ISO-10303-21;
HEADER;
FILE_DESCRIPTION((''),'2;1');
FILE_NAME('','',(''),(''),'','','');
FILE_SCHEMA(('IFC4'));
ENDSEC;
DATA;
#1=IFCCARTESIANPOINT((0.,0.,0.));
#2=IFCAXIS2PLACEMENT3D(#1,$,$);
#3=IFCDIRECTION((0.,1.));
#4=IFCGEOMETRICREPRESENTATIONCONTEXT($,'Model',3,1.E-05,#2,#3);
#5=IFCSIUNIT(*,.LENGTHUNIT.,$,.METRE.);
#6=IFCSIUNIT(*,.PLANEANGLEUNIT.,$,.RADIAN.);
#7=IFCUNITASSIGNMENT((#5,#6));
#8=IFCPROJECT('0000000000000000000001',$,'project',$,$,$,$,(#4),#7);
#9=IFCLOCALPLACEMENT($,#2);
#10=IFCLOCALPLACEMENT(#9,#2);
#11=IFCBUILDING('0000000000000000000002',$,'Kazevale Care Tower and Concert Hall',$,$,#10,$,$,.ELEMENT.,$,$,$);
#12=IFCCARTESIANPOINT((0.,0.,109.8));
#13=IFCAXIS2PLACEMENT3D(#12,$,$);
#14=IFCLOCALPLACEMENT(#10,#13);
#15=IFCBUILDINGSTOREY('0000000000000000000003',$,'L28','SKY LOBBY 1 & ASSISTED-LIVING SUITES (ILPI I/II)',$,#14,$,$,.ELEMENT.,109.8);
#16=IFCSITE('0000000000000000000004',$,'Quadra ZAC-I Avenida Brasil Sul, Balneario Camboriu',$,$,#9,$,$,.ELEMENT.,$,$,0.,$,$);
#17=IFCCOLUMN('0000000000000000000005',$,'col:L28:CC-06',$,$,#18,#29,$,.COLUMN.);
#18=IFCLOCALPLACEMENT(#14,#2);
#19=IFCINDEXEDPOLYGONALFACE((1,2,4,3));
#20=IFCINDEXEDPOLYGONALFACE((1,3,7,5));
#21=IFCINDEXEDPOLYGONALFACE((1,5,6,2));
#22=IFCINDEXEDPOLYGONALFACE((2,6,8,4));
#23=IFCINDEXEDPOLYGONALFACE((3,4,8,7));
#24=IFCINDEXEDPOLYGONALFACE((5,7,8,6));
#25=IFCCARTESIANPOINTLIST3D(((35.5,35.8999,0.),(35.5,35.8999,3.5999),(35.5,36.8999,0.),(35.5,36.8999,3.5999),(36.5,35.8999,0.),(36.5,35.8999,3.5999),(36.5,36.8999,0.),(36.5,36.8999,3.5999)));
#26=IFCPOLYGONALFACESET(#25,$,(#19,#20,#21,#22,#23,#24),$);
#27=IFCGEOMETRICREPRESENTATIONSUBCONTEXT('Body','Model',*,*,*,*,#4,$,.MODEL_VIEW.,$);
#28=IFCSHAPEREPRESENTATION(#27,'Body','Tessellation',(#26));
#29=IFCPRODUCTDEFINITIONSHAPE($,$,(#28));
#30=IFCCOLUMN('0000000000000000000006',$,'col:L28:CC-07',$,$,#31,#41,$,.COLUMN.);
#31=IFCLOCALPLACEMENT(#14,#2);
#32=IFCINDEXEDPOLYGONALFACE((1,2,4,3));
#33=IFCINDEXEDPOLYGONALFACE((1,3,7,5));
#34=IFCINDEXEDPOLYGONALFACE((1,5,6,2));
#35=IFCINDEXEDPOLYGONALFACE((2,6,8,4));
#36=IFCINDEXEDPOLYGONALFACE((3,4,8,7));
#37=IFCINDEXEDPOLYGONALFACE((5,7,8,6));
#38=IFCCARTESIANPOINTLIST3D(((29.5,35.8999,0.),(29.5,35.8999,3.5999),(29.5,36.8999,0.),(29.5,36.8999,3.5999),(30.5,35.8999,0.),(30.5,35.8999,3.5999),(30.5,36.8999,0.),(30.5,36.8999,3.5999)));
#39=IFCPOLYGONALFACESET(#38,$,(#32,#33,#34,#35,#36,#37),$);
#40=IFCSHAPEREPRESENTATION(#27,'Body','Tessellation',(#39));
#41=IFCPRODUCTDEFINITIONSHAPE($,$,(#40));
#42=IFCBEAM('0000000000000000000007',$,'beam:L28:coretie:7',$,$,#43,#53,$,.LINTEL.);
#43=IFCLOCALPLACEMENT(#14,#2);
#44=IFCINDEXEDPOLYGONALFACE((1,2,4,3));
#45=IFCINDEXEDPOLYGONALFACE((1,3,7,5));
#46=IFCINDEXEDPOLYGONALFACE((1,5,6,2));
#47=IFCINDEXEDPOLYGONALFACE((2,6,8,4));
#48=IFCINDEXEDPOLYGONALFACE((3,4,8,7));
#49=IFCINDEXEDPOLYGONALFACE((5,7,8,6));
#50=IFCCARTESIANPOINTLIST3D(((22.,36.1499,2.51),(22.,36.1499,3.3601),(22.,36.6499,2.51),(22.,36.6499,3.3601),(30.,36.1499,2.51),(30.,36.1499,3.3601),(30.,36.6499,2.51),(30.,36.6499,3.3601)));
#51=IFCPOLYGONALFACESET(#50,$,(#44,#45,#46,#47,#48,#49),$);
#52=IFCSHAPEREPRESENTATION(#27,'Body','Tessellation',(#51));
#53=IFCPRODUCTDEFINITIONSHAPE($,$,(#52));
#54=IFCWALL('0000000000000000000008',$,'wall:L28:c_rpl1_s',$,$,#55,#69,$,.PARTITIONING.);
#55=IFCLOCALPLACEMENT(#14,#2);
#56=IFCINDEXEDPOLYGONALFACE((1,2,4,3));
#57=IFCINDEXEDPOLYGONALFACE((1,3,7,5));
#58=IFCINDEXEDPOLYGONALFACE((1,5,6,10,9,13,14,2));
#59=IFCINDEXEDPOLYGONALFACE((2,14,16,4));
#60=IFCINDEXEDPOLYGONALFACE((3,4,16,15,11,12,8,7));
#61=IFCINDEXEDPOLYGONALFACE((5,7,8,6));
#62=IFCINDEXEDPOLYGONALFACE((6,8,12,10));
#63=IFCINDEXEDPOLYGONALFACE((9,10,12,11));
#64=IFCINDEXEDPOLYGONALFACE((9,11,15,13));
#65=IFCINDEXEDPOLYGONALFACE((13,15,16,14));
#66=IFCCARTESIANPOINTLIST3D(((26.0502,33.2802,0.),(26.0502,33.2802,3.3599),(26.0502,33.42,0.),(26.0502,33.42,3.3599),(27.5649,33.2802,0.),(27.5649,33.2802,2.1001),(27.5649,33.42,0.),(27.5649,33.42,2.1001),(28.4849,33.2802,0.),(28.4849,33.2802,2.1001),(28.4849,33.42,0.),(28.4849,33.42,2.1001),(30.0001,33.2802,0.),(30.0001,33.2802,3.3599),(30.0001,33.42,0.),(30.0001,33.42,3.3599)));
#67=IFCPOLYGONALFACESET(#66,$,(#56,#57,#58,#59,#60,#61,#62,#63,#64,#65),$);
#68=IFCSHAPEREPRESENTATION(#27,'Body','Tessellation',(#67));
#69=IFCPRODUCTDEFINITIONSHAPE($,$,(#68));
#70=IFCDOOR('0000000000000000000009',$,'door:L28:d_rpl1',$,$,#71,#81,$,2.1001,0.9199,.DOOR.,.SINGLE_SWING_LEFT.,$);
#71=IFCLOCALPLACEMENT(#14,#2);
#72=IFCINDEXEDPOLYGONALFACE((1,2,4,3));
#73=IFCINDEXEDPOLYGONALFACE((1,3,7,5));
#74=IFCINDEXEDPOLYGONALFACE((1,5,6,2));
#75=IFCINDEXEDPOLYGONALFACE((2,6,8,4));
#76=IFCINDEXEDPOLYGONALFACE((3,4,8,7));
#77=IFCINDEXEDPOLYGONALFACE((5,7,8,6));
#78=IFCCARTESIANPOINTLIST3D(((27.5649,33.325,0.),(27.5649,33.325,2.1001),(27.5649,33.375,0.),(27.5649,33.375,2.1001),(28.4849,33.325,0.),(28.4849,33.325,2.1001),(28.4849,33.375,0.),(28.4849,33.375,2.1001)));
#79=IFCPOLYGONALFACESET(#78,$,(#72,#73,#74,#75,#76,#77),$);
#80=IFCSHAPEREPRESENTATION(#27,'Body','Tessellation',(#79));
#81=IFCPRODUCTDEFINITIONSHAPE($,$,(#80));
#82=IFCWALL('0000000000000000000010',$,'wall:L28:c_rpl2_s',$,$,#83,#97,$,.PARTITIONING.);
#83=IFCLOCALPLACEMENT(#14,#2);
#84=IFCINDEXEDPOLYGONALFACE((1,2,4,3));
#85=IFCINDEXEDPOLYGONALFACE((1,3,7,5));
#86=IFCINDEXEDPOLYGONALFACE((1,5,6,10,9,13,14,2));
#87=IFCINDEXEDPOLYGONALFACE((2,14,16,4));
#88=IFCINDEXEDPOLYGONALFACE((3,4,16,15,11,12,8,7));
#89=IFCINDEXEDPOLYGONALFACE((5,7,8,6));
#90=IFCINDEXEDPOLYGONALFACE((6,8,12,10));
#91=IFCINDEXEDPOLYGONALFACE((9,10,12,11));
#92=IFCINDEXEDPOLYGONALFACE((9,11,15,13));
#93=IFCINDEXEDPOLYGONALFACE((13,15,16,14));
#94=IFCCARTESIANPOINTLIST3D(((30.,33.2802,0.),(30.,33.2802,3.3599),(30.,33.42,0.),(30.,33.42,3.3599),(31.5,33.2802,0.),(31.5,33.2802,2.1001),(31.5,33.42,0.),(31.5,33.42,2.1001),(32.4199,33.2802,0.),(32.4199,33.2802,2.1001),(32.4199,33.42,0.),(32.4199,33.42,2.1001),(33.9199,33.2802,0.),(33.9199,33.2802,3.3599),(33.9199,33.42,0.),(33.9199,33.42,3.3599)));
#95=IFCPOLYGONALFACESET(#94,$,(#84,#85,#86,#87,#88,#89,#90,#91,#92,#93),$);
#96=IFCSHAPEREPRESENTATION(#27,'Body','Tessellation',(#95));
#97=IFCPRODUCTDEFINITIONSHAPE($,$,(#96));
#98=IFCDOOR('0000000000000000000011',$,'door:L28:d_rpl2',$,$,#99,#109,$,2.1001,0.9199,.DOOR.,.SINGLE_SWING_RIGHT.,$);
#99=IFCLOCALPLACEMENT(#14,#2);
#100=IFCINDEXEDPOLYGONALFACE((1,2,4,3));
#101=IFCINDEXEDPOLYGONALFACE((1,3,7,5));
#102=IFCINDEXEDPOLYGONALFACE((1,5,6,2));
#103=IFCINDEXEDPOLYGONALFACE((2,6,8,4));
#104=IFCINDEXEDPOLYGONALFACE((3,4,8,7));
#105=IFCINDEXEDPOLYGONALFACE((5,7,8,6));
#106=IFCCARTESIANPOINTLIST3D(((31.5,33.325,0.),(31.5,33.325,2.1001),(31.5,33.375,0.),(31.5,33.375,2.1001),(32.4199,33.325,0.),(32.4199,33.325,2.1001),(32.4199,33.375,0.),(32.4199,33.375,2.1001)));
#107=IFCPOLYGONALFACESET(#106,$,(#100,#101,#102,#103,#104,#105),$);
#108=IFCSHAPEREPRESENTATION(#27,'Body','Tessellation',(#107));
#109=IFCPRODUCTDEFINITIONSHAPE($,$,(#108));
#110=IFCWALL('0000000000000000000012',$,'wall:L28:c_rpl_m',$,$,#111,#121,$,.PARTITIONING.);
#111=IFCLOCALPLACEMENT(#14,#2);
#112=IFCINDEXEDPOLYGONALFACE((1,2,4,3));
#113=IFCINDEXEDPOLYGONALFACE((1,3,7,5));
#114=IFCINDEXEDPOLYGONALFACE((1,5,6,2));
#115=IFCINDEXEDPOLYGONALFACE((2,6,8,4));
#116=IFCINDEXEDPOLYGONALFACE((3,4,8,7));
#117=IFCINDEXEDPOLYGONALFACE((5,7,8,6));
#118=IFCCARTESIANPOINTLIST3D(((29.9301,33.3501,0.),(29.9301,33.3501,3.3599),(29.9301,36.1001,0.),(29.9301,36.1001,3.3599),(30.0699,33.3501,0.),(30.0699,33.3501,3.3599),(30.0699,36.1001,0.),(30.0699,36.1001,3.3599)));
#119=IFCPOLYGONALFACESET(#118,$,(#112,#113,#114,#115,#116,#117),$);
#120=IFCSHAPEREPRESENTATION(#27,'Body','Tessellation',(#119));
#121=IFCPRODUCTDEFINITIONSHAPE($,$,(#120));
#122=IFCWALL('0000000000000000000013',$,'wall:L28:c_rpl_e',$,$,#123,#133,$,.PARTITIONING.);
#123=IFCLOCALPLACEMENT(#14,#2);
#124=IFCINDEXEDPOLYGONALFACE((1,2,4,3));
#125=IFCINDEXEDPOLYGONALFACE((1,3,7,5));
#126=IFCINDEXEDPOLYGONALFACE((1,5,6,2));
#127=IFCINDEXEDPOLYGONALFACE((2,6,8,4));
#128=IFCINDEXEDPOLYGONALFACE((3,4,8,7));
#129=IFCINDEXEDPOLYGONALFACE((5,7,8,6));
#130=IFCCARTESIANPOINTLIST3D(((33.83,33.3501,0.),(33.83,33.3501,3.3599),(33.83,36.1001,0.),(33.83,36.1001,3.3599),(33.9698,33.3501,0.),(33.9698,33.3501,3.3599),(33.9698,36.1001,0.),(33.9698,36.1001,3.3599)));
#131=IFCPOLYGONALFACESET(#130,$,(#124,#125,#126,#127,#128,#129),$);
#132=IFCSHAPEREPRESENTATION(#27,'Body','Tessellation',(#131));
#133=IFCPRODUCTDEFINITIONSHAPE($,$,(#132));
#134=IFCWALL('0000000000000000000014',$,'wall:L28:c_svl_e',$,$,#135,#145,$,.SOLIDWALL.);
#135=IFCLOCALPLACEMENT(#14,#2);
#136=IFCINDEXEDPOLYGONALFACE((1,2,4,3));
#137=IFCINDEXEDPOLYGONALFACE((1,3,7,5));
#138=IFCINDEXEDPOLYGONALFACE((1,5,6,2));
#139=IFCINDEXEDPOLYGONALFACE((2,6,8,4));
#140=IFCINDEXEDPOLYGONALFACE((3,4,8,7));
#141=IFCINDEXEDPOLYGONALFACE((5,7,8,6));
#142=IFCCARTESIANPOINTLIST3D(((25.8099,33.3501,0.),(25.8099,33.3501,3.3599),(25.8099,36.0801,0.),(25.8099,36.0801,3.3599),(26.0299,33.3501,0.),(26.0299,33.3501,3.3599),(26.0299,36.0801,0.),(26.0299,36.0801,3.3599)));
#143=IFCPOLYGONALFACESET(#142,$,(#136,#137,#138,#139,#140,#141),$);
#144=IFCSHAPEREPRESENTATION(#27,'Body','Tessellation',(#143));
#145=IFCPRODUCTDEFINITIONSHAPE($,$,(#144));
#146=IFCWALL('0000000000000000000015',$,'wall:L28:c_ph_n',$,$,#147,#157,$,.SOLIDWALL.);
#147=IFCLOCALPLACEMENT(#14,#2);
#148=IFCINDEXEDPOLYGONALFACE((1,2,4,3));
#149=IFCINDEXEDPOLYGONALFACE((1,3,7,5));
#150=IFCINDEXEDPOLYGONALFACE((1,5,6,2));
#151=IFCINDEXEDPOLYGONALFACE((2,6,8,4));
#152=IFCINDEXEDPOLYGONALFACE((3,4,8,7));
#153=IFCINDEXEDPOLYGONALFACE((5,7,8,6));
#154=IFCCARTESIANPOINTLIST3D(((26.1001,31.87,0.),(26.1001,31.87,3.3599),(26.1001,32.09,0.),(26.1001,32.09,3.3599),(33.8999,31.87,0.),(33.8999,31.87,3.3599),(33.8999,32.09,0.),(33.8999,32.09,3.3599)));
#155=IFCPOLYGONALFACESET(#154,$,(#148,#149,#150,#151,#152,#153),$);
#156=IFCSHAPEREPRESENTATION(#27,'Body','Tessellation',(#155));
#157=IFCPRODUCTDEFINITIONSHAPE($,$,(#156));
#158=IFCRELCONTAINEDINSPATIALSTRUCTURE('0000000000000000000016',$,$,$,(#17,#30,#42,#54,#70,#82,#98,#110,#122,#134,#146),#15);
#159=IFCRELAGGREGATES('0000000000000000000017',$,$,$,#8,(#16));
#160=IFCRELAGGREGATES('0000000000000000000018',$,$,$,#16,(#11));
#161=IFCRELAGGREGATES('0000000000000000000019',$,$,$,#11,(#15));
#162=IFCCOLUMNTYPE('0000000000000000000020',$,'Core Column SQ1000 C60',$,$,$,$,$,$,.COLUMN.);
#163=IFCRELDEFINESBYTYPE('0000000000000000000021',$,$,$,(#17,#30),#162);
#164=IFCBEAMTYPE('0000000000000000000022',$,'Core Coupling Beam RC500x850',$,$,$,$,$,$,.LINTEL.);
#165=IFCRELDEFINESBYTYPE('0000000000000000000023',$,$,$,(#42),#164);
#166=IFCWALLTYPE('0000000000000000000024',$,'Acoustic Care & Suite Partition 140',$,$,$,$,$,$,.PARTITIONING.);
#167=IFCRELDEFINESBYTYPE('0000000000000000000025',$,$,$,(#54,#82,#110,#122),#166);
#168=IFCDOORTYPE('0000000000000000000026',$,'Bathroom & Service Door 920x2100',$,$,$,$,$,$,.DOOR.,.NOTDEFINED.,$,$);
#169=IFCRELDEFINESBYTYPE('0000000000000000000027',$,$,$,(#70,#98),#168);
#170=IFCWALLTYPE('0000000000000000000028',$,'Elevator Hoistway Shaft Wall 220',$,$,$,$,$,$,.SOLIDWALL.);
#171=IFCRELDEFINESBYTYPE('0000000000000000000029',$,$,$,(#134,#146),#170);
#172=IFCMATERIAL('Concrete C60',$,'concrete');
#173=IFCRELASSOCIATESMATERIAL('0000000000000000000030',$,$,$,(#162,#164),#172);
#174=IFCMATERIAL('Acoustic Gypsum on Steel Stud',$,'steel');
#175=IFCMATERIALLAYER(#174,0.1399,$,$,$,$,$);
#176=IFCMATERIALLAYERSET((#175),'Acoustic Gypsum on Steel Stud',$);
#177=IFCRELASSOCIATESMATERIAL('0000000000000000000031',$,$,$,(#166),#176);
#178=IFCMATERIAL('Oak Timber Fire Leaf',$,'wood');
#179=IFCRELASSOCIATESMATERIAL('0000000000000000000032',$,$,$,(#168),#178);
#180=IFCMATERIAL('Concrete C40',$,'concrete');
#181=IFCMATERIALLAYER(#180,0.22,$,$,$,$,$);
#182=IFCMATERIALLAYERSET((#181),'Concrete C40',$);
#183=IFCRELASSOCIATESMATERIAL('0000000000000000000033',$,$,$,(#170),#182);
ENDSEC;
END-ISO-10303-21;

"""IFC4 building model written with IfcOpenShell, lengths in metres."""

from ifc_helpers import new_model, si_unit, direction, frame, frame_2d, origin, origin_2d, place, context, subcontext, project, spatial, rectangle, extrude, material, layer, layer_set, material_profile, profile_set, type_object, element, fill, save


model = new_model("IFC4")

# Units and contexts
model_context = context("Model", 3, precision=1e-05, world=origin(), true_north=direction((0.0, 1.0)))
body_context = subcontext(model_context, "Body", "Model", "MODEL_VIEW")
ifc_project = project(units=[si_unit("LENGTHUNIT", "METRE"), si_unit("PLANEANGLEUNIT", "RADIAN")], contexts=[model_context])

# Site, building, storey
site_placement = place(None, origin())
site = spatial("IfcSite", under=ifc_project, at=site_placement, Name="Quadra ZAC-I Avenida Brasil Sul, Balneario Camboriu", CompositionType="ELEMENT", RefElevation=0.0)
building_placement = place(site_placement, origin())
building = spatial("IfcBuilding", under=site, at=building_placement, Name="Kazevale Care Tower and Concert Hall", CompositionType="ELEMENT")
storey_placement = place(building_placement, frame((0.0, 0.0, 109.8)))
storey = spatial("IfcBuildingStorey", under=building, at=storey_placement, Name="L28", Description="SKY LOBBY 1 & ASSISTED-LIVING SUITES (ILPI I/II)", CompositionType="ELEMENT", Elevation=109.8)

# Columns
ifc_material_1 = material(Name="Concrete C60", Category="concrete")
ifc_material_profile_1 = material_profile(ifc_material_1, rectangle(XDim=1.0, YDim=1.0, at=origin_2d()), Name="RC-SQ1000")
ifc_profile_set_1 = profile_set([ifc_material_profile_1], Name="Concrete C60")
column_type = type_object("IfcColumnType", Name="Core Column SQ1000 C60", PredefinedType="COLUMN", material=ifc_profile_set_1)
for number, where, z_axis, x_axis, name in (
    (1, (36.0, 36.3999, 0.0), (0.0, 0.0, 1.0), (1.0, 0.0, 0.0), "col:L28:CC-06"),
    (2, (30.0, 36.3999, 0.0), (0.0, 0.0, 1.0), (1.0, 0.0, 0.0), "col:L28:CC-07"),
):
    element("IfcColumn", number, at=place(storey_placement, frame(where, z_axis=z_axis, x_axis=x_axis)), inside=storey, type_object=column_type, Name=name, PredefinedType="COLUMN", context=body_context, shape_type="SweptSolid", body=[
        extrude(rectangle(XDim=1.0, YDim=1.0, at=origin_2d()), origin(), (0.0, 0.0, 1.0), 3.5999),
    ])

# Beam
ifc_material_profile_2 = material_profile(ifc_material_1, rectangle(XDim=0.5, YDim=0.8501, at=origin_2d()), Name="RC-B500x850")
ifc_profile_set_2 = profile_set([ifc_material_profile_2], Name="Concrete C60")
beam_type = type_object("IfcBeamType", Name="Core Coupling Beam RC500x850", PredefinedType="LINTEL", material=ifc_profile_set_2)
beam_placement = place(storey_placement, frame((30.0, 36.3999, 2.9351), z_axis=(-1.0, 0.0, 0.0), x_axis=(0.0, -1.0, 0.0)))
element("IfcBeam", 3, at=beam_placement, inside=storey, type_object=beam_type, Name="beam:L28:coretie:7", PredefinedType="LINTEL", context=body_context, shape_type="SweptSolid", body=[
    extrude(rectangle(XDim=0.5, YDim=0.8501, at=origin_2d()), origin(), (0.0, 0.0, 1.0), 8.0),
])

# Walls, openings, doors
ifc_material_2 = material(Name="Acoustic Gypsum on Steel Stud", Category="steel")
ifc_layer_1 = layer(ifc_material_2, 0.1399)
ifc_layer_set_1 = layer_set([ifc_layer_1], Name="Acoustic Gypsum on Steel Stud")
wall_type_1 = type_object("IfcWallType", Name="Acoustic Care & Suite Partition 140", PredefinedType="PARTITIONING", material=ifc_layer_set_1)
wall_1_placement = place(storey_placement, frame((26.05, 33.3501, 0.0), z_axis=(0.0, 0.0, 1.0), x_axis=(1.0, 0.0, 0.0)))
wall_1 = element("IfcWall", 4, at=wall_1_placement, inside=storey, type_object=wall_type_1, Name="wall:L28:c_rpl1_s", PredefinedType="PARTITIONING", context=body_context, shape_type="SweptSolid", body=[
    extrude(rectangle(XDim=3.95, YDim=0.1399, at=frame_2d((1.9751, 0.0))), origin(), (0.0, 0.0, 1.0), 3.3599),
])
opening_1_placement = place(wall_1_placement, frame((1.5149, 0.0, 0.0)))
opening_1 = element("IfcOpeningElement", 5, at=opening_1_placement, cuts=wall_1, PredefinedType="OPENING", context=body_context, shape_type="SweptSolid", body=[
    extrude(rectangle(XDim=0.9199, YDim=2.1001, at=frame_2d((0.46, 1.05))), frame((0.0, 0.0798, 0.0), z_axis=(0.0, -1.0, 0.0), x_axis=(1.0, 0.0, 0.0)), (0.0, 0.0, 1.0), 0.1599),
])
ifc_material_3 = material(Name="Oak Timber Fire Leaf", Category="wood")
door_type_1 = type_object("IfcDoorType", Name="Bathroom & Service Door 920x2100", OperationType="NOTDEFINED", PredefinedType="DOOR", material=ifc_material_3)
door_1_placement = place(opening_1_placement, origin())
door_1 = element("IfcDoor", 6, at=door_1_placement, inside=storey, type_object=door_type_1, Name="door:L28:d_rpl1", OperationType="SINGLE_SWING_LEFT", OverallHeight=2.1001, OverallWidth=0.9199, PredefinedType="DOOR", context=body_context, shape_type="SweptSolid", body=[
    extrude(rectangle(XDim=0.9199, YDim=2.1001, at=frame_2d((0.46, 1.05))), frame((0.0, 0.0249, 0.0), z_axis=(0.0, -1.0, 0.0), x_axis=(1.0, 0.0, 0.0)), (0.0, 0.0, 1.0), 0.05),
])
fill(opening_1, door_1)
wall_2_placement = place(storey_placement, frame((30.0, 33.3501, 0.0), z_axis=(0.0, 0.0, 1.0), x_axis=(1.0, 0.0, 0.0)))
wall_2 = element("IfcWall", 7, at=wall_2_placement, inside=storey, type_object=wall_type_1, Name="wall:L28:c_rpl2_s", PredefinedType="PARTITIONING", context=body_context, shape_type="SweptSolid", body=[
    extrude(rectangle(XDim=3.9199, YDim=0.1399, at=frame_2d((1.96, 0.0))), origin(), (0.0, 0.0, 1.0), 3.3599),
])
opening_2_placement = place(wall_2_placement, frame((1.5, 0.0, 0.0)))
opening_2 = element("IfcOpeningElement", 8, at=opening_2_placement, cuts=wall_2, PredefinedType="OPENING", context=body_context, shape_type="SweptSolid", body=[
    extrude(rectangle(XDim=0.9199, YDim=2.1001, at=frame_2d((0.46, 1.05))), frame((0.0, 0.0798, 0.0), z_axis=(0.0, -1.0, 0.0), x_axis=(1.0, 0.0, 0.0)), (0.0, 0.0, 1.0), 0.1599),
])
door_2_placement = place(opening_2_placement, origin())
door_2 = element("IfcDoor", 9, at=door_2_placement, inside=storey, type_object=door_type_1, Name="door:L28:d_rpl2", OperationType="SINGLE_SWING_RIGHT", OverallHeight=2.1001, OverallWidth=0.9199, PredefinedType="DOOR", context=body_context, shape_type="SweptSolid", body=[
    extrude(rectangle(XDim=0.9199, YDim=2.1001, at=frame_2d((0.46, 1.05))), frame((0.0, 0.0249, 0.0), z_axis=(0.0, -1.0, 0.0), x_axis=(1.0, 0.0, 0.0)), (0.0, 0.0, 1.0), 0.05),
])
fill(opening_2, door_2)

# Walls
for number, where, z_axis, x_axis, name in (
    (10, (30.0, 33.3501, 0.0), (0.0, 0.0, 1.0), (0.0, 1.0, 0.0), "wall:L28:c_rpl_m"),
    (11, (33.8999, 33.3501, 0.0), (0.0, 0.0, 1.0), (0.0, 1.0, 0.0), "wall:L28:c_rpl_e"),
):
    element("IfcWall", number, at=place(storey_placement, frame(where, z_axis=z_axis, x_axis=x_axis)), inside=storey, type_object=wall_type_1, Name=name, PredefinedType="PARTITIONING", context=body_context, shape_type="SweptSolid", body=[
        extrude(rectangle(XDim=2.75, YDim=0.1399, at=frame_2d((1.375, 0.0))), origin(), (0.0, 0.0, 1.0), 3.3599),
    ])
ifc_material_4 = material(Name="Concrete C40", Category="concrete")
ifc_layer_2 = layer(ifc_material_4, 0.22)
ifc_layer_set_2 = layer_set([ifc_layer_2], Name="Concrete C40")
wall_type_2 = type_object("IfcWallType", Name="Elevator Hoistway Shaft Wall 220", PredefinedType="SOLIDWALL", material=ifc_layer_set_2)
wall_3_placement = place(storey_placement, frame((25.9199, 33.3501, 0.0), z_axis=(0.0, 0.0, 1.0), x_axis=(0.0, 1.0, 0.0)))
element("IfcWall", 12, at=wall_3_placement, inside=storey, type_object=wall_type_2, Name="wall:L28:c_svl_e", PredefinedType="SOLIDWALL", context=body_context, shape_type="SweptSolid", body=[
    extrude(rectangle(XDim=2.73, YDim=0.22, at=frame_2d((1.365, 0.0))), origin(), (0.0, 0.0, 1.0), 3.3599),
])
wall_4_placement = place(storey_placement, frame((26.1001, 31.98, 0.0), z_axis=(0.0, 0.0, 1.0), x_axis=(1.0, 0.0, 0.0)))
element("IfcWall", 13, at=wall_4_placement, inside=storey, type_object=wall_type_2, Name="wall:L28:c_ph_n", PredefinedType="SOLIDWALL", context=body_context, shape_type="SweptSolid", body=[
    extrude(rectangle(XDim=7.7998, YDim=0.22, at=frame_2d((3.8999, 0.0))), origin(), (0.0, 0.0, 1.0), 3.3599),
])

save(model, "model.ifc")
